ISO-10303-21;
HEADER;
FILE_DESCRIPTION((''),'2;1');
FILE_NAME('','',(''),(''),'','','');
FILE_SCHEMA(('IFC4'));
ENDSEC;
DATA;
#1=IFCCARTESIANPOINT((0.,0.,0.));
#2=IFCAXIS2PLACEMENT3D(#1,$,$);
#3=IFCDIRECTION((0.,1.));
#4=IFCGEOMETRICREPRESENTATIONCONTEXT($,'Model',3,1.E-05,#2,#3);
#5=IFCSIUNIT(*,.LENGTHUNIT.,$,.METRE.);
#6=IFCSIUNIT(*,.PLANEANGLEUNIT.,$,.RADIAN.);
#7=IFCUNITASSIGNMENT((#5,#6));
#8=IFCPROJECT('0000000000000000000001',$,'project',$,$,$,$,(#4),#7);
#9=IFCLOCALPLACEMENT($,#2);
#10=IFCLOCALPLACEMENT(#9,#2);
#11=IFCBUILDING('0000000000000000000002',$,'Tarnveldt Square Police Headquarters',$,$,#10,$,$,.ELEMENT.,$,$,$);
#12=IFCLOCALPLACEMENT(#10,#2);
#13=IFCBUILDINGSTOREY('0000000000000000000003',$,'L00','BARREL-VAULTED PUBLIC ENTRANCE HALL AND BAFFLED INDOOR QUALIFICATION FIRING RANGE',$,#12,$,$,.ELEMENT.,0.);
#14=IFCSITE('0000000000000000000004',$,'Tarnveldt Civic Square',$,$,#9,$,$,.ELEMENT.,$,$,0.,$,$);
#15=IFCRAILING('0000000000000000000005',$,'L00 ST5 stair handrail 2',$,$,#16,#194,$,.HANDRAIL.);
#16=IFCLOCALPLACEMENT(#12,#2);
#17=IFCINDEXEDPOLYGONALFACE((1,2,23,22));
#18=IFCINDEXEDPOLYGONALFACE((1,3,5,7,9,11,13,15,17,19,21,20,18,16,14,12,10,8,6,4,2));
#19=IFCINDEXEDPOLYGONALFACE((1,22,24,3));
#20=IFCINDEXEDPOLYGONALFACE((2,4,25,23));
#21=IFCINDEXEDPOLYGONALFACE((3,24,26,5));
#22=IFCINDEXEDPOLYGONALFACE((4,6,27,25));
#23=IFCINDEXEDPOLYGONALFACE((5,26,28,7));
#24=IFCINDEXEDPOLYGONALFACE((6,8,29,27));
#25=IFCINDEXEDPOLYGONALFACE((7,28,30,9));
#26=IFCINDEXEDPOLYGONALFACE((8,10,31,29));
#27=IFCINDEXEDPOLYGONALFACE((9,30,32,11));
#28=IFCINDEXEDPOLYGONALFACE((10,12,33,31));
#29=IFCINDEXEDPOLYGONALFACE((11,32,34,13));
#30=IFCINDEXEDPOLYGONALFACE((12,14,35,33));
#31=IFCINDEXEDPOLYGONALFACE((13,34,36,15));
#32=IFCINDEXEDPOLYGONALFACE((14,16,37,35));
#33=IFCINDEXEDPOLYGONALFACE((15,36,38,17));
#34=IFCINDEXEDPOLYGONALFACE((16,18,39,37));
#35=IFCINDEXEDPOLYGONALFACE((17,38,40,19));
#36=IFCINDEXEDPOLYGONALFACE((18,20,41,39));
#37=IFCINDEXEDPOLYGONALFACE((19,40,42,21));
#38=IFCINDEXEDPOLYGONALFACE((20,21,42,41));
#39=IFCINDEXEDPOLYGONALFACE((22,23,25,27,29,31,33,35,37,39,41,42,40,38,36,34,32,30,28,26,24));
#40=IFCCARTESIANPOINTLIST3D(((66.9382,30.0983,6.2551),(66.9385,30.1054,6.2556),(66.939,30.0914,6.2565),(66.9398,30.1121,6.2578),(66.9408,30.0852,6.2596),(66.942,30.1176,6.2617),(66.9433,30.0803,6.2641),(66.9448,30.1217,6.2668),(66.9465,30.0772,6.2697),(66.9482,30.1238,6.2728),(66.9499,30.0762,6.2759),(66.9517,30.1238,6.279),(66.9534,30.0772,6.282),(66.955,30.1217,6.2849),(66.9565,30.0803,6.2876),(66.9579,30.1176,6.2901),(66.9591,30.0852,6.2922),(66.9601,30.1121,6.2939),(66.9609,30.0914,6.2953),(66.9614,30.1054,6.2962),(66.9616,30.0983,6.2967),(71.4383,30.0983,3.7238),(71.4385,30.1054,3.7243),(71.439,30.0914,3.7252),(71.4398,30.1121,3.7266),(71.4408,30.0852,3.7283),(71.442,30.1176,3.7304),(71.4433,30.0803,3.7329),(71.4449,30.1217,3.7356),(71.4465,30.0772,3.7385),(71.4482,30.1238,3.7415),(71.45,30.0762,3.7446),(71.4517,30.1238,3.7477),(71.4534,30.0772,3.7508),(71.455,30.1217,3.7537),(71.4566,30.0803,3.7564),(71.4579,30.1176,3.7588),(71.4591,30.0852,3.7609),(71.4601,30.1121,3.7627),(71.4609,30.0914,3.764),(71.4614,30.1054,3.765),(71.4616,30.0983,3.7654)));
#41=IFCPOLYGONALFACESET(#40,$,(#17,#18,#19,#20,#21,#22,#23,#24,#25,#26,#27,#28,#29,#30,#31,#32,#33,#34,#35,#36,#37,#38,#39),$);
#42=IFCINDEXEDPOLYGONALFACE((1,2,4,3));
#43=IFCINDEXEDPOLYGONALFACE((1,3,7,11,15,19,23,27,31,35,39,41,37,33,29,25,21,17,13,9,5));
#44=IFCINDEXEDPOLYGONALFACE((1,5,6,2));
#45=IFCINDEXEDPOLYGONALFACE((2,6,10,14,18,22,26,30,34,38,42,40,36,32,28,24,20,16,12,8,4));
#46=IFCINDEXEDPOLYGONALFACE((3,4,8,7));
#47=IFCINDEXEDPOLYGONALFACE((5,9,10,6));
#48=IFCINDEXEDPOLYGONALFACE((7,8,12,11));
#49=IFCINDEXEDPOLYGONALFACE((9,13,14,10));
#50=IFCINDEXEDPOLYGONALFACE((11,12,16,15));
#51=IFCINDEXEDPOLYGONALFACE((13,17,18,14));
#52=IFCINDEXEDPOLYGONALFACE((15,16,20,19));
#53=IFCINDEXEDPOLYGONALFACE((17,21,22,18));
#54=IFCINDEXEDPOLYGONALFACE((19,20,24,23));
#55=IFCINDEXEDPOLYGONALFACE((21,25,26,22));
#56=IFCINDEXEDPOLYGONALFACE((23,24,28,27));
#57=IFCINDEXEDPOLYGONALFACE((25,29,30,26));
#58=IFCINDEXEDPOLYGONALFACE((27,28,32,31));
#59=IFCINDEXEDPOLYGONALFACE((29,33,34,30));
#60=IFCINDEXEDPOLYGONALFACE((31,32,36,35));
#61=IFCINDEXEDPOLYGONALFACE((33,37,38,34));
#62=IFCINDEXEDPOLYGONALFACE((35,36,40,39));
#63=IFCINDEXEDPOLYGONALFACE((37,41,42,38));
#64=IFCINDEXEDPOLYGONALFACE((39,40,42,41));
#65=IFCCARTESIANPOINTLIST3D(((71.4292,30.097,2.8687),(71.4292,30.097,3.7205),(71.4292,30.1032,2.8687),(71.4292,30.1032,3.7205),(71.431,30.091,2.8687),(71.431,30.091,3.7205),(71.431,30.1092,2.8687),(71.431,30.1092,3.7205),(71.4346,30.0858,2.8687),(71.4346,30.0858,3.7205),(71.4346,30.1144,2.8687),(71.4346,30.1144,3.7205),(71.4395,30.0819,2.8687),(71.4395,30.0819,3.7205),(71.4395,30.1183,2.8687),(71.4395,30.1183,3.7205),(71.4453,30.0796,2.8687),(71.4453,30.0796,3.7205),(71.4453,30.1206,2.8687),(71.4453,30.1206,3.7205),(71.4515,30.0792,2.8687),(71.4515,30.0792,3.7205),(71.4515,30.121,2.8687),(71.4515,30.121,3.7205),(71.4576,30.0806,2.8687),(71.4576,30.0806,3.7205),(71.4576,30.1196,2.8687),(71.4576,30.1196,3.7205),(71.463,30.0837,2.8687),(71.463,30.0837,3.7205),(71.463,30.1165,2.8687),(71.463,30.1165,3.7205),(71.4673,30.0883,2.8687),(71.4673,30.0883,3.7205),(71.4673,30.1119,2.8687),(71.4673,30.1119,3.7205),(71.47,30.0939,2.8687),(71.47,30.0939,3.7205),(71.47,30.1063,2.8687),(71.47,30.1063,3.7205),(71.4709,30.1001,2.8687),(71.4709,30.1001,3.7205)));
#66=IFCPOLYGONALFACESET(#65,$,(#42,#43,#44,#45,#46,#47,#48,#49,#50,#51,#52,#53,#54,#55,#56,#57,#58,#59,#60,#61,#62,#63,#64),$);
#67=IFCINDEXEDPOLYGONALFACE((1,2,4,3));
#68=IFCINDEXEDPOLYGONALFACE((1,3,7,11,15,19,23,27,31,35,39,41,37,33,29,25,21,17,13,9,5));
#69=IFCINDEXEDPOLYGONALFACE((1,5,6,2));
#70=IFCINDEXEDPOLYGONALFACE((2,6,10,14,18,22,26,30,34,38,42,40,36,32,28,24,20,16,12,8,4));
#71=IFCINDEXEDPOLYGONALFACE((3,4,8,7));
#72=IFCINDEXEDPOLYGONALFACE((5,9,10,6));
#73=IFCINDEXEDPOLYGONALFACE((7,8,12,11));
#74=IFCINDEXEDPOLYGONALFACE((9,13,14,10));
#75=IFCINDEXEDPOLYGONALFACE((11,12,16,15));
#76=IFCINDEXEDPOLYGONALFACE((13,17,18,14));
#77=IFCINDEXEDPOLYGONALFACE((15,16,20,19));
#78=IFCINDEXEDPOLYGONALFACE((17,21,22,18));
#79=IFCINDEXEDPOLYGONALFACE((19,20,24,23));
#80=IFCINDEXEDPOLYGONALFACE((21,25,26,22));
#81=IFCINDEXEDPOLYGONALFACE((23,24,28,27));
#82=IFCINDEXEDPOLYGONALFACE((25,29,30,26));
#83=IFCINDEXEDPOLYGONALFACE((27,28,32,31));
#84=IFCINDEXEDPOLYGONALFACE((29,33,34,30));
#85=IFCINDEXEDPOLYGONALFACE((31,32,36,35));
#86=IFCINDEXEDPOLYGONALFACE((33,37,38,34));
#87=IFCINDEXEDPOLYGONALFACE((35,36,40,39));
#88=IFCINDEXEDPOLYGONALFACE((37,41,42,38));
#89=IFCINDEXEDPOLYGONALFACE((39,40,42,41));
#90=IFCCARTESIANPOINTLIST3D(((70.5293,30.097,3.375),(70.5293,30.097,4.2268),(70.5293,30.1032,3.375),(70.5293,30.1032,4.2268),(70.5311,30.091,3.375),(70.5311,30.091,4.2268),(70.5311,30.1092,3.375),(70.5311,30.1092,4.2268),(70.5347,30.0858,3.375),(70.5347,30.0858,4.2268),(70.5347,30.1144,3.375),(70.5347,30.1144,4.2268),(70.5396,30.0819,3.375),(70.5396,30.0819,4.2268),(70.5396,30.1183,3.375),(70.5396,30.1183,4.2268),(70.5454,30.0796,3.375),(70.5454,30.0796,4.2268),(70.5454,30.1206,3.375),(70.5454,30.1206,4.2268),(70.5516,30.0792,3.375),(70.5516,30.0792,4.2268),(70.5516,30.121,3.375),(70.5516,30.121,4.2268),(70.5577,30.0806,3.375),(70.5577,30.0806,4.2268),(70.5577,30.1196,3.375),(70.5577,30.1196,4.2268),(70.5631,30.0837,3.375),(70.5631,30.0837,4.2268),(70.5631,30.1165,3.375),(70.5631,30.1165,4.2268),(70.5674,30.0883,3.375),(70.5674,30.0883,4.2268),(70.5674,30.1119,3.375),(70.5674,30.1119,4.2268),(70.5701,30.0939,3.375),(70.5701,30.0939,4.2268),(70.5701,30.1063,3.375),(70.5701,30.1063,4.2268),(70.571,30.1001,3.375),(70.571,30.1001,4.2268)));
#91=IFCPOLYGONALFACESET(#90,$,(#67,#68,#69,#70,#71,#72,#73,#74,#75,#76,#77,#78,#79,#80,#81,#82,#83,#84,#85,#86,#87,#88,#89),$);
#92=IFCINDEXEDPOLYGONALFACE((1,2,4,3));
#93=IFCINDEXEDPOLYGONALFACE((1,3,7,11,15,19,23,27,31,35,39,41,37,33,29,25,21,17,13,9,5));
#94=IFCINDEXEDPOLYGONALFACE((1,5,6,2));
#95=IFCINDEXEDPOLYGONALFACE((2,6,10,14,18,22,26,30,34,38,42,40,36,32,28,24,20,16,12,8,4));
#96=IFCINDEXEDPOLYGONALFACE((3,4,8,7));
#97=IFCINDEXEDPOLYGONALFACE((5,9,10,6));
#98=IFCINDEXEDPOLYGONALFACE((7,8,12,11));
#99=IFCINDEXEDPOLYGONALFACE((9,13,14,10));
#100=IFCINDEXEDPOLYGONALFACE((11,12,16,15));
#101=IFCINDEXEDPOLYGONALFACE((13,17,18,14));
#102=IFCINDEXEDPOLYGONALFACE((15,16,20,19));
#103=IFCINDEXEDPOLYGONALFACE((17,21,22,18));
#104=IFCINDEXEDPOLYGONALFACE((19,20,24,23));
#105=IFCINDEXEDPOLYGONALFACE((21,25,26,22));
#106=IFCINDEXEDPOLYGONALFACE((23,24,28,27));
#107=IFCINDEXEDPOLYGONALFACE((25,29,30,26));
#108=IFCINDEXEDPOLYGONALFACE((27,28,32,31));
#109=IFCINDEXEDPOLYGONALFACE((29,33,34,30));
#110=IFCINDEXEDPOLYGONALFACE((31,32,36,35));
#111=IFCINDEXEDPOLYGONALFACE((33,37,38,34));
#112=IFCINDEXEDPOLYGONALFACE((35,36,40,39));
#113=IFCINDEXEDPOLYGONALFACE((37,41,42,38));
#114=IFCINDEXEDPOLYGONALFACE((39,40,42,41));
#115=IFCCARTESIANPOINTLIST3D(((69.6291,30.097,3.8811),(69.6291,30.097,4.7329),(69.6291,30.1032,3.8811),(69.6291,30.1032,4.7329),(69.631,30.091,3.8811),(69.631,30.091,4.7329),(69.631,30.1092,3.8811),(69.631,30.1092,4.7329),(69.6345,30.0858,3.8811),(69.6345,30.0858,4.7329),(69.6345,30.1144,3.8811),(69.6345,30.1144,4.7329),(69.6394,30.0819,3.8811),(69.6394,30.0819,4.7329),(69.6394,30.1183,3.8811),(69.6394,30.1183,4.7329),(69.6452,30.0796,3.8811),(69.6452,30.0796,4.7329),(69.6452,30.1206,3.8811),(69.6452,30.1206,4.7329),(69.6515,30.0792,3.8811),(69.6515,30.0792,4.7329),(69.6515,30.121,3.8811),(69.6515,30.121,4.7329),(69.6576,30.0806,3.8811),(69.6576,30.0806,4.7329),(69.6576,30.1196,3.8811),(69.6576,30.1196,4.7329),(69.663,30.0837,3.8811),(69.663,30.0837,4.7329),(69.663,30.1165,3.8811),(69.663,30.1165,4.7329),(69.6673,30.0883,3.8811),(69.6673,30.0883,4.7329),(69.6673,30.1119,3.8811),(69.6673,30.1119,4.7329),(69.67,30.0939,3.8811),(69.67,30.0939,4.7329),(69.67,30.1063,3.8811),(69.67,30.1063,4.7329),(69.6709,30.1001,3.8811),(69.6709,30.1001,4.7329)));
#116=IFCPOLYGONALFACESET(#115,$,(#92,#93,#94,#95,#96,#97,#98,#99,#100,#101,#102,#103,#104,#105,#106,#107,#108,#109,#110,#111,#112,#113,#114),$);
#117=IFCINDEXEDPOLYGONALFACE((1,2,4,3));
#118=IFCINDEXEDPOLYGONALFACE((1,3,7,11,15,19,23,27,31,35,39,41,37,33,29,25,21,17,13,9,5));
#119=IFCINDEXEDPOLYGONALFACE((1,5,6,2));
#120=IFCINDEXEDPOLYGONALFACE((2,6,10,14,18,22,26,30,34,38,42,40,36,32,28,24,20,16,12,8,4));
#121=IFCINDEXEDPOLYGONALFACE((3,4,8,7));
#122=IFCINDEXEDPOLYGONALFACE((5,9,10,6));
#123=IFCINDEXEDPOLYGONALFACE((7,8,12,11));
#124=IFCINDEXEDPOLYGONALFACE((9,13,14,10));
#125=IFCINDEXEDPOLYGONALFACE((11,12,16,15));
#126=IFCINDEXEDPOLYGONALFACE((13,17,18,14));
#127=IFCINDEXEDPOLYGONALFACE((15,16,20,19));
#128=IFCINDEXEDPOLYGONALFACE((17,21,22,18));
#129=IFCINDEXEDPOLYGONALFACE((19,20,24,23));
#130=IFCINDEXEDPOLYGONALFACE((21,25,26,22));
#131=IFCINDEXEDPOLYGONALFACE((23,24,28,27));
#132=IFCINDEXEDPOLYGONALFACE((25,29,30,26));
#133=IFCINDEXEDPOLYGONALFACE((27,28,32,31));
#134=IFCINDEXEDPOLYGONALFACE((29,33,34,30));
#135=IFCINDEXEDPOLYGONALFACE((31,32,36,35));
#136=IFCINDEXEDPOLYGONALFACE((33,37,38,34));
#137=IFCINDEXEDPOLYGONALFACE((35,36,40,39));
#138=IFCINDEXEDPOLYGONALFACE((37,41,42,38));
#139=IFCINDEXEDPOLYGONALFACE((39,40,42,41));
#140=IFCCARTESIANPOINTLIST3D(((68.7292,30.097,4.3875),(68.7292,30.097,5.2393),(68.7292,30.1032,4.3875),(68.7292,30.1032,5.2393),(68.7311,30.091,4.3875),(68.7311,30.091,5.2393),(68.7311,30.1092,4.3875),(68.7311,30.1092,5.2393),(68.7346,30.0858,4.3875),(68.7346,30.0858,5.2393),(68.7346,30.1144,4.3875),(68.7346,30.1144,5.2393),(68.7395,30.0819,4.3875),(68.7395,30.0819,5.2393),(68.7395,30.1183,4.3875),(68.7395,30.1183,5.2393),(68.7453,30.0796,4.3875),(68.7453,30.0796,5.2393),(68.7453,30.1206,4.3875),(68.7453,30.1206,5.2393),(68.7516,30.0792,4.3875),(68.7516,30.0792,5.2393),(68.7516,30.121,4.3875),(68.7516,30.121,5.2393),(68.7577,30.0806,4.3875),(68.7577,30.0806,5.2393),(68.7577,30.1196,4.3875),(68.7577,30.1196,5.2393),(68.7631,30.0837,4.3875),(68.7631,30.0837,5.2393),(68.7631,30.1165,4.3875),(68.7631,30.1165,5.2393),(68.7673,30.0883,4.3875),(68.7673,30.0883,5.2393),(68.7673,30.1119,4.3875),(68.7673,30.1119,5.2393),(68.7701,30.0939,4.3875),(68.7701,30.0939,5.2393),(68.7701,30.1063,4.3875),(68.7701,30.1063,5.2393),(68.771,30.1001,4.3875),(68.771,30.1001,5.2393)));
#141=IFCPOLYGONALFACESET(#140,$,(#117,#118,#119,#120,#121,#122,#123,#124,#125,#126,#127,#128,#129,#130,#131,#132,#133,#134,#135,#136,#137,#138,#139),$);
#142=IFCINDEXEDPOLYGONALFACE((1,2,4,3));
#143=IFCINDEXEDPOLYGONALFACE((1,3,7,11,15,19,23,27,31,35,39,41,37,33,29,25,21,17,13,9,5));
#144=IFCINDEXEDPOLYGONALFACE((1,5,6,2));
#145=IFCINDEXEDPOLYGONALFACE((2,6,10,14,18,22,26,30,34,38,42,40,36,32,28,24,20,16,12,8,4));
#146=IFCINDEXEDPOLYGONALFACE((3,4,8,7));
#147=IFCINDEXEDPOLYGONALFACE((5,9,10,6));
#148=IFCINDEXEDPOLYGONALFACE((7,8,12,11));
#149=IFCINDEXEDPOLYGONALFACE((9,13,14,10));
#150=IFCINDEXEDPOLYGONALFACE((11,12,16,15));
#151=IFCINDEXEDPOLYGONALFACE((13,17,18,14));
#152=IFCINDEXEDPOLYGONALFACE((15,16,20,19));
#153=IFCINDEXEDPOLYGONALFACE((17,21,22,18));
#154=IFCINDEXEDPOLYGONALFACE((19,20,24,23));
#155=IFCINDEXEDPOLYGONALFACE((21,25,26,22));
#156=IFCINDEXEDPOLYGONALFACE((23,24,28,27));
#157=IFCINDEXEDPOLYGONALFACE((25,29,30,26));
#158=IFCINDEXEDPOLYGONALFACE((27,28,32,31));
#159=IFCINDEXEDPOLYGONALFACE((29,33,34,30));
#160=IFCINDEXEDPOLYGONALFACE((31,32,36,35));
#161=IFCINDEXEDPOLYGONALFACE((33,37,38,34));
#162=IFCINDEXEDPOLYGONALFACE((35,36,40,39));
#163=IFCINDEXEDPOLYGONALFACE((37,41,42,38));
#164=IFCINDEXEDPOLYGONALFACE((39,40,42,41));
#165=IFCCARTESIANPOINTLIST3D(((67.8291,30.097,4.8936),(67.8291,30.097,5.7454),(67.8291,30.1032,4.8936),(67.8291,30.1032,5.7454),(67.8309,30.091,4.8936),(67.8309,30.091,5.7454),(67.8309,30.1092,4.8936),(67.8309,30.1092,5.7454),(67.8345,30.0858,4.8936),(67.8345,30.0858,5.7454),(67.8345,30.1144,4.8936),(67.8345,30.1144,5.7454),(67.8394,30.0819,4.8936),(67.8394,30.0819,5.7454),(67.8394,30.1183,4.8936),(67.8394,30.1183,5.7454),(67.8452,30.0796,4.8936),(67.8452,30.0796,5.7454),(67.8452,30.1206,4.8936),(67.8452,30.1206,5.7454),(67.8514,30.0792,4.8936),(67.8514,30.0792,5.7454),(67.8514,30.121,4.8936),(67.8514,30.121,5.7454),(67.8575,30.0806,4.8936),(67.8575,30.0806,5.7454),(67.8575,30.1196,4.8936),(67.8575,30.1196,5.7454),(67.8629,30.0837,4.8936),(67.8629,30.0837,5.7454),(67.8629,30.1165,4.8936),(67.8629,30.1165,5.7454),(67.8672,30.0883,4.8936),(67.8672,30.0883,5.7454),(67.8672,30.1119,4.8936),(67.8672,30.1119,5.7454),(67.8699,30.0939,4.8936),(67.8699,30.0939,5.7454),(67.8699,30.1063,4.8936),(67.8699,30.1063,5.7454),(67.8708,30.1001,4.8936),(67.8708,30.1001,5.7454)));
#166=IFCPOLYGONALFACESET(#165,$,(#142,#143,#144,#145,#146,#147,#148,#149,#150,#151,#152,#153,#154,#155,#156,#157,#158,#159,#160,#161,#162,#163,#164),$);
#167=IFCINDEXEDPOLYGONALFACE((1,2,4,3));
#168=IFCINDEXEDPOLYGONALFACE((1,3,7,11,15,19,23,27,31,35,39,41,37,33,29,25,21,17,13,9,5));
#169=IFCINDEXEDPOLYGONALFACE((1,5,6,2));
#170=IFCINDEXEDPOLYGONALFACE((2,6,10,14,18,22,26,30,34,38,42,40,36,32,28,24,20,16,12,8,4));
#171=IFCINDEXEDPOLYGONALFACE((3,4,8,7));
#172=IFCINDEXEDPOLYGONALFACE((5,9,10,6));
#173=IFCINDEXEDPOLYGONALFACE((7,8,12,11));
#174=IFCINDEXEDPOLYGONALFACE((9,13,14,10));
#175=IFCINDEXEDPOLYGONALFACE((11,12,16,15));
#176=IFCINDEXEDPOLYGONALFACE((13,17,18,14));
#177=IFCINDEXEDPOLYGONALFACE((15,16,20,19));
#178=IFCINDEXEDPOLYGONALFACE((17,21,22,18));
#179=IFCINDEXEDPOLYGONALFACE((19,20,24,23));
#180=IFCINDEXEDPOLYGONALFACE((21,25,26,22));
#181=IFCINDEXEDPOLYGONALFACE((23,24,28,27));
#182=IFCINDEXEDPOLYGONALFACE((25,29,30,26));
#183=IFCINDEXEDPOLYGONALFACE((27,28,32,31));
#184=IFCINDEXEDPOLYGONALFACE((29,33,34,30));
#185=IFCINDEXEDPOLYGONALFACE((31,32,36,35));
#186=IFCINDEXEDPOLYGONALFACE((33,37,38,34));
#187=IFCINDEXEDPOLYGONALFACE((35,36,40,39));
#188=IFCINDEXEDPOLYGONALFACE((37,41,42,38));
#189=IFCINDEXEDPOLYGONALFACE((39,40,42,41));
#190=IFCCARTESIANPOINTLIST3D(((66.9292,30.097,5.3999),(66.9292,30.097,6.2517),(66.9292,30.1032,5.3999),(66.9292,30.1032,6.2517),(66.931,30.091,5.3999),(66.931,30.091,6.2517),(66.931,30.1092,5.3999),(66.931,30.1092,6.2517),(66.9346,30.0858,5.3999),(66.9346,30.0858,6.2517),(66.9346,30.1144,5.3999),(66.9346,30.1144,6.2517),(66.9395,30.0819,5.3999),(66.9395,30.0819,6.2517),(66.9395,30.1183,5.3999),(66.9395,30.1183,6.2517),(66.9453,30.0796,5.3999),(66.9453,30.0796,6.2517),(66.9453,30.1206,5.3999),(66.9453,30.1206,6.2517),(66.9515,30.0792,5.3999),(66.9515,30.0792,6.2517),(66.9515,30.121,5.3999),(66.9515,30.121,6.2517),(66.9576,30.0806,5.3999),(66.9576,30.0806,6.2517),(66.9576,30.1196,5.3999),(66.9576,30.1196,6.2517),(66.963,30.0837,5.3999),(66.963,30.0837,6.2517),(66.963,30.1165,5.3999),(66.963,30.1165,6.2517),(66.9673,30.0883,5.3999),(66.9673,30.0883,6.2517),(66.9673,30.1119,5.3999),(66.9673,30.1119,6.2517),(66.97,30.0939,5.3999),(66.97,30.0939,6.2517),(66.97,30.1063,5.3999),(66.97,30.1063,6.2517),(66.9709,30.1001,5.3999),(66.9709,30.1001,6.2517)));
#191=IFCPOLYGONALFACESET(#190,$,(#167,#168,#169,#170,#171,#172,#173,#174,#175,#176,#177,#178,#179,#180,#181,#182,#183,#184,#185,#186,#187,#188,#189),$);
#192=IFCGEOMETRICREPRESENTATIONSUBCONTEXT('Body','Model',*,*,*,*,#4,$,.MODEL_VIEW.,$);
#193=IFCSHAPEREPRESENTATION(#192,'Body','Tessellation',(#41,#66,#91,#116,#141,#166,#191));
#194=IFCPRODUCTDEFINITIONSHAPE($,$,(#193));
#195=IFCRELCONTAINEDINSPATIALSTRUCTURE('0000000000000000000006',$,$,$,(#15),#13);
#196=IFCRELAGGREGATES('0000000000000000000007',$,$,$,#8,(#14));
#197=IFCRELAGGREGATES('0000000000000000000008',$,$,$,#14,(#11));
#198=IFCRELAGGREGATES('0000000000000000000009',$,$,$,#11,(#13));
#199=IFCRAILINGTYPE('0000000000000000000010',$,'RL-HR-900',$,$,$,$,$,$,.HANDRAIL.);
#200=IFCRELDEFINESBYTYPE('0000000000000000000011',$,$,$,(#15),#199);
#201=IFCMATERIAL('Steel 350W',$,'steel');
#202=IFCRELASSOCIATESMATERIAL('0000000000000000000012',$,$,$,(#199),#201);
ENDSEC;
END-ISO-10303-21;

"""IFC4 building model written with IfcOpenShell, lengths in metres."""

from ifc_helpers import new_model, si_unit, direction, frame, origin, origin_2d, place, context, subcontext, project, spatial, circle, extrude, material, type_object, element, save


model = new_model("IFC4")

# Units and contexts
model_context = context("Model", 3, precision=1e-05, world=origin(), true_north=direction((0.0, 1.0)))
body_context = subcontext(model_context, "Body", "Model", "MODEL_VIEW")
ifc_project = project(units=[si_unit("LENGTHUNIT", "METRE"), si_unit("PLANEANGLEUNIT", "RADIAN")], contexts=[model_context])

# Site, building, storey
site_placement = place(None, origin())
site = spatial("IfcSite", under=ifc_project, at=site_placement, Name="Tarnveldt Civic Square", CompositionType="ELEMENT", RefElevation=0.0)
building_placement = place(site_placement, origin())
building = spatial("IfcBuilding", under=site, at=building_placement, Name="Tarnveldt Square Police Headquarters", CompositionType="ELEMENT")
storey_placement = place(building_placement, origin())
storey = spatial("IfcBuildingStorey", under=building, at=storey_placement, Name="L00", Description="BARREL-VAULTED PUBLIC ENTRANCE HALL AND BAFFLED INDOOR QUALIFICATION FIRING RANGE", CompositionType="ELEMENT", Elevation=0.0)

# Shared definitions
ifc_material_1 = material(Name="Steel 350W", Category="steel")

# Railing
railing_type_1 = type_object("IfcRailingType", Name="RL-HR-900", PredefinedType="HANDRAIL", material=ifc_material_1)
railing_1_placement = place(storey_placement, frame((71.45, 30.1001, 2.8687)))
element("IfcRailing", 1, at=railing_1_placement, inside=storey, type_object=railing_type_1, Name="L00 ST5 stair handrail 2", PredefinedType="HANDRAIL", context=body_context, shape_type="SweptSolid", body=[
    extrude(circle(Radius=0.0239, at=origin_2d()), frame((0.0, 0.0, 0.876), z_axis=(-0.871576, 0.0, 0.490261), x_axis=(0.0, -1.0, 0.0)), (0.0, 0.0, 1.0), 5.1631),
    extrude(circle(Radius=0.021, at=origin_2d()), origin(), (0.0, 0.0, 1.0), 0.8518),
    extrude(circle(Radius=0.021, at=origin_2d()), frame((-0.8999, 0.0, 0.5063)), (0.0, 0.0, 1.0), 0.8518),
    extrude(circle(Radius=0.021, at=origin_2d()), frame((-1.8, 0.0, 1.0125)), (0.0, 0.0, 1.0), 0.8518),
    extrude(circle(Radius=0.021, at=origin_2d()), frame((-2.7, 0.0, 1.5188)), (0.0, 0.0, 1.0), 0.8518),
    extrude(circle(Radius=0.021, at=origin_2d()), frame((-3.6001, 0.0, 2.0249)), (0.0, 0.0, 1.0), 0.8518),
    extrude(circle(Radius=0.021, at=origin_2d()), frame((-4.5, 0.0, 2.5312)), (0.0, 0.0, 1.0), 0.8518),
])

save(model, "model.ifc")
